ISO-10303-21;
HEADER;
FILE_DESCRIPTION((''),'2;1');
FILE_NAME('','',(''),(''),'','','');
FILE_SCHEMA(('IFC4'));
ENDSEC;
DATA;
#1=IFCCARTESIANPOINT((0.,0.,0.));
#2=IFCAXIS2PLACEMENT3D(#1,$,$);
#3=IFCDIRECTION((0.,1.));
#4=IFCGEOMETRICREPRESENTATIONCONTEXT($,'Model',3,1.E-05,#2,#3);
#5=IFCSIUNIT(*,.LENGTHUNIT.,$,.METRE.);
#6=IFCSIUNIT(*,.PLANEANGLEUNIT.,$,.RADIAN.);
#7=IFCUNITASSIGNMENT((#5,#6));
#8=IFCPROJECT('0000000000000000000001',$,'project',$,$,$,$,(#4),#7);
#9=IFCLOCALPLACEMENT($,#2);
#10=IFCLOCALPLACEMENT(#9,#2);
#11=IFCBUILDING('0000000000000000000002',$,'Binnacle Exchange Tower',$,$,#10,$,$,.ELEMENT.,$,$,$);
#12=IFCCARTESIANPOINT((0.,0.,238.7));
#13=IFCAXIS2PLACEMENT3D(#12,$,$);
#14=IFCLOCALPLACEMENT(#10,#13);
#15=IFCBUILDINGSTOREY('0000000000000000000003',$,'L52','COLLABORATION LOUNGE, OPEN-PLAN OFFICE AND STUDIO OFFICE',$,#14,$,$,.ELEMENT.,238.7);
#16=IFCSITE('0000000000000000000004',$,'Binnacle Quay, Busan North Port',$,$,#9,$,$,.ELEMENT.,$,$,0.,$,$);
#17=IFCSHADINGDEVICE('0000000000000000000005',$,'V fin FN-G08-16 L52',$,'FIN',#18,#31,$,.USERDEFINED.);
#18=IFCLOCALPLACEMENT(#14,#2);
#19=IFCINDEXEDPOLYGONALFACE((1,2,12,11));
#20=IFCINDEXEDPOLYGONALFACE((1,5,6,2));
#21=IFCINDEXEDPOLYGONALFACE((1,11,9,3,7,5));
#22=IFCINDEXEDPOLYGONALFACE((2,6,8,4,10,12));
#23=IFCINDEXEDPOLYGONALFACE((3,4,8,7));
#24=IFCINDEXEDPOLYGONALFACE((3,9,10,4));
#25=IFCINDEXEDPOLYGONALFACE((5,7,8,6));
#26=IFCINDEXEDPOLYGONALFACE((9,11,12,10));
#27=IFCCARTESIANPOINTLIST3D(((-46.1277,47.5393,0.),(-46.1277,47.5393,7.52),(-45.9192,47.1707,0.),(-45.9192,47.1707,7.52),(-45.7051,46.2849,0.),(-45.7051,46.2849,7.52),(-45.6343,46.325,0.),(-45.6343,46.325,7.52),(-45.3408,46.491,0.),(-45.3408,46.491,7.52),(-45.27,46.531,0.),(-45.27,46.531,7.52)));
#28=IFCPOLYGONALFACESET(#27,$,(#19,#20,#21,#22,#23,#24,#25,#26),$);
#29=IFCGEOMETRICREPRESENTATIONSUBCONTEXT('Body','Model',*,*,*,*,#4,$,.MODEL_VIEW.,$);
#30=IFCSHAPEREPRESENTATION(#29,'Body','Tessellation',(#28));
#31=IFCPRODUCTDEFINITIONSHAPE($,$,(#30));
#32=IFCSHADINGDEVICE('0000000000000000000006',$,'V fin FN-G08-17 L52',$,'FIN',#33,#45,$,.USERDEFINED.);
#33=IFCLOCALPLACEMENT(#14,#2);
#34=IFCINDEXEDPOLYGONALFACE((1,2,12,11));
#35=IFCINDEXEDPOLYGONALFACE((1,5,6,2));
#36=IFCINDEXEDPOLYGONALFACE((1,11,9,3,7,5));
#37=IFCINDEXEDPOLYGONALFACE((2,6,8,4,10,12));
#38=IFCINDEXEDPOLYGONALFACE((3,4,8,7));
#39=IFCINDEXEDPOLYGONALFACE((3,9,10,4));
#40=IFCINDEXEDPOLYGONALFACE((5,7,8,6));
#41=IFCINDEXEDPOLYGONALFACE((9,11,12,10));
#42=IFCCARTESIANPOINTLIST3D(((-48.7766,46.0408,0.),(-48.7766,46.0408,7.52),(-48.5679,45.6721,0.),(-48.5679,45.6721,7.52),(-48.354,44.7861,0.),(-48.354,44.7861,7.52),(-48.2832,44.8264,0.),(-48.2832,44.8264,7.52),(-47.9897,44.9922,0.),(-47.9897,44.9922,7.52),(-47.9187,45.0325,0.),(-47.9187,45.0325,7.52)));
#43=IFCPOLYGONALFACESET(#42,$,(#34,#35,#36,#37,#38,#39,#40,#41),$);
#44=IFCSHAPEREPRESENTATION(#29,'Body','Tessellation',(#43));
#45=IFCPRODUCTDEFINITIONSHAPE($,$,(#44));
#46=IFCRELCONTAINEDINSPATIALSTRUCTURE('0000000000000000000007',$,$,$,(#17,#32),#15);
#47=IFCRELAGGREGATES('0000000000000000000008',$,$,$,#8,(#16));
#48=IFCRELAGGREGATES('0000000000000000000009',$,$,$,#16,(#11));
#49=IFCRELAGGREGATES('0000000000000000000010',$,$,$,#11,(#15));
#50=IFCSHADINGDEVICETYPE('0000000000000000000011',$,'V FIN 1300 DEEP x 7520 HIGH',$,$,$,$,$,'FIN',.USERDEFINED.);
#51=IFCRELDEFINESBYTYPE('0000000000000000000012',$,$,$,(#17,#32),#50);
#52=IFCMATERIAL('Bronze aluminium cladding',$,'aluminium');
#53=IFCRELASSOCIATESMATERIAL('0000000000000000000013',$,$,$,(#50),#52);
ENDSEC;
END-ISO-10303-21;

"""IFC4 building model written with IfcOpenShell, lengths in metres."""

from ifc_helpers import new_model, si_unit, direction, frame, origin, place, context, subcontext, project, spatial, polyline, outline, extrude, material, type_object, element, save


model = new_model("IFC4")

# Units and contexts
model_context = context("Model", 3, precision=1e-05, world=origin(), true_north=direction((0.0, 1.0)))
body_context = subcontext(model_context, "Body", "Model", "MODEL_VIEW")
ifc_project = project(units=[si_unit("LENGTHUNIT", "METRE"), si_unit("PLANEANGLEUNIT", "RADIAN")], contexts=[model_context])

# Site, building, storey
site_placement = place(None, origin())
site = spatial("IfcSite", under=ifc_project, at=site_placement, Name="Binnacle Quay, Busan North Port", CompositionType="ELEMENT", RefElevation=0.0)
building_placement = place(site_placement, origin())
building = spatial("IfcBuilding", under=site, at=building_placement, Name="Binnacle Exchange Tower", CompositionType="ELEMENT")
storey_placement = place(building_placement, frame((0.0, 0.0, 238.7)))
storey = spatial("IfcBuildingStorey", under=building, at=storey_placement, Name="L52", Description="COLLABORATION LOUNGE, OPEN-PLAN OFFICE AND STUDIO OFFICE", CompositionType="ELEMENT", Elevation=238.7)

# Shading devices
ifc_material_1 = material(Name="Bronze aluminium cladding", Category="aluminium")
shading_device_type = type_object("IfcShadingDeviceType", Name="V FIN 1300 DEEP x 7520 HIGH", ElementType="FIN", PredefinedType="USERDEFINED", material=ifc_material_1)
shading_device_1_placement = place(storey_placement, origin())
element("IfcShadingDevice", 1, at=shading_device_1_placement, inside=storey, type_object=shading_device_type, Name="V fin FN-G08-16 L52", ObjectType="FIN", PredefinedType="USERDEFINED", context=body_context, shape_type="SweptSolid", body=[
    extrude(outline(polyline([(-45.27, 46.531), (-46.1277, 47.5393), (-45.7051, 46.2849), (-45.6343, 46.325), (-45.9192, 47.1707), (-45.3408, 46.491), (-45.27, 46.531)])), origin(), (0.0, 0.0, 1.0), 7.52),
])
shading_device_2_placement = place(storey_placement, origin())
element("IfcShadingDevice", 2, at=shading_device_2_placement, inside=storey, type_object=shading_device_type, Name="V fin FN-G08-17 L52", ObjectType="FIN", PredefinedType="USERDEFINED", context=body_context, shape_type="SweptSolid", body=[
    extrude(outline(polyline([(-47.9187, 45.0325), (-48.7766, 46.0408), (-48.354, 44.7861), (-48.2832, 44.8264), (-48.5679, 45.6721), (-47.9897, 44.9922), (-47.9187, 45.0325)])), origin(), (0.0, 0.0, 1.0), 7.52),
])

save(model, "model.ifc")
